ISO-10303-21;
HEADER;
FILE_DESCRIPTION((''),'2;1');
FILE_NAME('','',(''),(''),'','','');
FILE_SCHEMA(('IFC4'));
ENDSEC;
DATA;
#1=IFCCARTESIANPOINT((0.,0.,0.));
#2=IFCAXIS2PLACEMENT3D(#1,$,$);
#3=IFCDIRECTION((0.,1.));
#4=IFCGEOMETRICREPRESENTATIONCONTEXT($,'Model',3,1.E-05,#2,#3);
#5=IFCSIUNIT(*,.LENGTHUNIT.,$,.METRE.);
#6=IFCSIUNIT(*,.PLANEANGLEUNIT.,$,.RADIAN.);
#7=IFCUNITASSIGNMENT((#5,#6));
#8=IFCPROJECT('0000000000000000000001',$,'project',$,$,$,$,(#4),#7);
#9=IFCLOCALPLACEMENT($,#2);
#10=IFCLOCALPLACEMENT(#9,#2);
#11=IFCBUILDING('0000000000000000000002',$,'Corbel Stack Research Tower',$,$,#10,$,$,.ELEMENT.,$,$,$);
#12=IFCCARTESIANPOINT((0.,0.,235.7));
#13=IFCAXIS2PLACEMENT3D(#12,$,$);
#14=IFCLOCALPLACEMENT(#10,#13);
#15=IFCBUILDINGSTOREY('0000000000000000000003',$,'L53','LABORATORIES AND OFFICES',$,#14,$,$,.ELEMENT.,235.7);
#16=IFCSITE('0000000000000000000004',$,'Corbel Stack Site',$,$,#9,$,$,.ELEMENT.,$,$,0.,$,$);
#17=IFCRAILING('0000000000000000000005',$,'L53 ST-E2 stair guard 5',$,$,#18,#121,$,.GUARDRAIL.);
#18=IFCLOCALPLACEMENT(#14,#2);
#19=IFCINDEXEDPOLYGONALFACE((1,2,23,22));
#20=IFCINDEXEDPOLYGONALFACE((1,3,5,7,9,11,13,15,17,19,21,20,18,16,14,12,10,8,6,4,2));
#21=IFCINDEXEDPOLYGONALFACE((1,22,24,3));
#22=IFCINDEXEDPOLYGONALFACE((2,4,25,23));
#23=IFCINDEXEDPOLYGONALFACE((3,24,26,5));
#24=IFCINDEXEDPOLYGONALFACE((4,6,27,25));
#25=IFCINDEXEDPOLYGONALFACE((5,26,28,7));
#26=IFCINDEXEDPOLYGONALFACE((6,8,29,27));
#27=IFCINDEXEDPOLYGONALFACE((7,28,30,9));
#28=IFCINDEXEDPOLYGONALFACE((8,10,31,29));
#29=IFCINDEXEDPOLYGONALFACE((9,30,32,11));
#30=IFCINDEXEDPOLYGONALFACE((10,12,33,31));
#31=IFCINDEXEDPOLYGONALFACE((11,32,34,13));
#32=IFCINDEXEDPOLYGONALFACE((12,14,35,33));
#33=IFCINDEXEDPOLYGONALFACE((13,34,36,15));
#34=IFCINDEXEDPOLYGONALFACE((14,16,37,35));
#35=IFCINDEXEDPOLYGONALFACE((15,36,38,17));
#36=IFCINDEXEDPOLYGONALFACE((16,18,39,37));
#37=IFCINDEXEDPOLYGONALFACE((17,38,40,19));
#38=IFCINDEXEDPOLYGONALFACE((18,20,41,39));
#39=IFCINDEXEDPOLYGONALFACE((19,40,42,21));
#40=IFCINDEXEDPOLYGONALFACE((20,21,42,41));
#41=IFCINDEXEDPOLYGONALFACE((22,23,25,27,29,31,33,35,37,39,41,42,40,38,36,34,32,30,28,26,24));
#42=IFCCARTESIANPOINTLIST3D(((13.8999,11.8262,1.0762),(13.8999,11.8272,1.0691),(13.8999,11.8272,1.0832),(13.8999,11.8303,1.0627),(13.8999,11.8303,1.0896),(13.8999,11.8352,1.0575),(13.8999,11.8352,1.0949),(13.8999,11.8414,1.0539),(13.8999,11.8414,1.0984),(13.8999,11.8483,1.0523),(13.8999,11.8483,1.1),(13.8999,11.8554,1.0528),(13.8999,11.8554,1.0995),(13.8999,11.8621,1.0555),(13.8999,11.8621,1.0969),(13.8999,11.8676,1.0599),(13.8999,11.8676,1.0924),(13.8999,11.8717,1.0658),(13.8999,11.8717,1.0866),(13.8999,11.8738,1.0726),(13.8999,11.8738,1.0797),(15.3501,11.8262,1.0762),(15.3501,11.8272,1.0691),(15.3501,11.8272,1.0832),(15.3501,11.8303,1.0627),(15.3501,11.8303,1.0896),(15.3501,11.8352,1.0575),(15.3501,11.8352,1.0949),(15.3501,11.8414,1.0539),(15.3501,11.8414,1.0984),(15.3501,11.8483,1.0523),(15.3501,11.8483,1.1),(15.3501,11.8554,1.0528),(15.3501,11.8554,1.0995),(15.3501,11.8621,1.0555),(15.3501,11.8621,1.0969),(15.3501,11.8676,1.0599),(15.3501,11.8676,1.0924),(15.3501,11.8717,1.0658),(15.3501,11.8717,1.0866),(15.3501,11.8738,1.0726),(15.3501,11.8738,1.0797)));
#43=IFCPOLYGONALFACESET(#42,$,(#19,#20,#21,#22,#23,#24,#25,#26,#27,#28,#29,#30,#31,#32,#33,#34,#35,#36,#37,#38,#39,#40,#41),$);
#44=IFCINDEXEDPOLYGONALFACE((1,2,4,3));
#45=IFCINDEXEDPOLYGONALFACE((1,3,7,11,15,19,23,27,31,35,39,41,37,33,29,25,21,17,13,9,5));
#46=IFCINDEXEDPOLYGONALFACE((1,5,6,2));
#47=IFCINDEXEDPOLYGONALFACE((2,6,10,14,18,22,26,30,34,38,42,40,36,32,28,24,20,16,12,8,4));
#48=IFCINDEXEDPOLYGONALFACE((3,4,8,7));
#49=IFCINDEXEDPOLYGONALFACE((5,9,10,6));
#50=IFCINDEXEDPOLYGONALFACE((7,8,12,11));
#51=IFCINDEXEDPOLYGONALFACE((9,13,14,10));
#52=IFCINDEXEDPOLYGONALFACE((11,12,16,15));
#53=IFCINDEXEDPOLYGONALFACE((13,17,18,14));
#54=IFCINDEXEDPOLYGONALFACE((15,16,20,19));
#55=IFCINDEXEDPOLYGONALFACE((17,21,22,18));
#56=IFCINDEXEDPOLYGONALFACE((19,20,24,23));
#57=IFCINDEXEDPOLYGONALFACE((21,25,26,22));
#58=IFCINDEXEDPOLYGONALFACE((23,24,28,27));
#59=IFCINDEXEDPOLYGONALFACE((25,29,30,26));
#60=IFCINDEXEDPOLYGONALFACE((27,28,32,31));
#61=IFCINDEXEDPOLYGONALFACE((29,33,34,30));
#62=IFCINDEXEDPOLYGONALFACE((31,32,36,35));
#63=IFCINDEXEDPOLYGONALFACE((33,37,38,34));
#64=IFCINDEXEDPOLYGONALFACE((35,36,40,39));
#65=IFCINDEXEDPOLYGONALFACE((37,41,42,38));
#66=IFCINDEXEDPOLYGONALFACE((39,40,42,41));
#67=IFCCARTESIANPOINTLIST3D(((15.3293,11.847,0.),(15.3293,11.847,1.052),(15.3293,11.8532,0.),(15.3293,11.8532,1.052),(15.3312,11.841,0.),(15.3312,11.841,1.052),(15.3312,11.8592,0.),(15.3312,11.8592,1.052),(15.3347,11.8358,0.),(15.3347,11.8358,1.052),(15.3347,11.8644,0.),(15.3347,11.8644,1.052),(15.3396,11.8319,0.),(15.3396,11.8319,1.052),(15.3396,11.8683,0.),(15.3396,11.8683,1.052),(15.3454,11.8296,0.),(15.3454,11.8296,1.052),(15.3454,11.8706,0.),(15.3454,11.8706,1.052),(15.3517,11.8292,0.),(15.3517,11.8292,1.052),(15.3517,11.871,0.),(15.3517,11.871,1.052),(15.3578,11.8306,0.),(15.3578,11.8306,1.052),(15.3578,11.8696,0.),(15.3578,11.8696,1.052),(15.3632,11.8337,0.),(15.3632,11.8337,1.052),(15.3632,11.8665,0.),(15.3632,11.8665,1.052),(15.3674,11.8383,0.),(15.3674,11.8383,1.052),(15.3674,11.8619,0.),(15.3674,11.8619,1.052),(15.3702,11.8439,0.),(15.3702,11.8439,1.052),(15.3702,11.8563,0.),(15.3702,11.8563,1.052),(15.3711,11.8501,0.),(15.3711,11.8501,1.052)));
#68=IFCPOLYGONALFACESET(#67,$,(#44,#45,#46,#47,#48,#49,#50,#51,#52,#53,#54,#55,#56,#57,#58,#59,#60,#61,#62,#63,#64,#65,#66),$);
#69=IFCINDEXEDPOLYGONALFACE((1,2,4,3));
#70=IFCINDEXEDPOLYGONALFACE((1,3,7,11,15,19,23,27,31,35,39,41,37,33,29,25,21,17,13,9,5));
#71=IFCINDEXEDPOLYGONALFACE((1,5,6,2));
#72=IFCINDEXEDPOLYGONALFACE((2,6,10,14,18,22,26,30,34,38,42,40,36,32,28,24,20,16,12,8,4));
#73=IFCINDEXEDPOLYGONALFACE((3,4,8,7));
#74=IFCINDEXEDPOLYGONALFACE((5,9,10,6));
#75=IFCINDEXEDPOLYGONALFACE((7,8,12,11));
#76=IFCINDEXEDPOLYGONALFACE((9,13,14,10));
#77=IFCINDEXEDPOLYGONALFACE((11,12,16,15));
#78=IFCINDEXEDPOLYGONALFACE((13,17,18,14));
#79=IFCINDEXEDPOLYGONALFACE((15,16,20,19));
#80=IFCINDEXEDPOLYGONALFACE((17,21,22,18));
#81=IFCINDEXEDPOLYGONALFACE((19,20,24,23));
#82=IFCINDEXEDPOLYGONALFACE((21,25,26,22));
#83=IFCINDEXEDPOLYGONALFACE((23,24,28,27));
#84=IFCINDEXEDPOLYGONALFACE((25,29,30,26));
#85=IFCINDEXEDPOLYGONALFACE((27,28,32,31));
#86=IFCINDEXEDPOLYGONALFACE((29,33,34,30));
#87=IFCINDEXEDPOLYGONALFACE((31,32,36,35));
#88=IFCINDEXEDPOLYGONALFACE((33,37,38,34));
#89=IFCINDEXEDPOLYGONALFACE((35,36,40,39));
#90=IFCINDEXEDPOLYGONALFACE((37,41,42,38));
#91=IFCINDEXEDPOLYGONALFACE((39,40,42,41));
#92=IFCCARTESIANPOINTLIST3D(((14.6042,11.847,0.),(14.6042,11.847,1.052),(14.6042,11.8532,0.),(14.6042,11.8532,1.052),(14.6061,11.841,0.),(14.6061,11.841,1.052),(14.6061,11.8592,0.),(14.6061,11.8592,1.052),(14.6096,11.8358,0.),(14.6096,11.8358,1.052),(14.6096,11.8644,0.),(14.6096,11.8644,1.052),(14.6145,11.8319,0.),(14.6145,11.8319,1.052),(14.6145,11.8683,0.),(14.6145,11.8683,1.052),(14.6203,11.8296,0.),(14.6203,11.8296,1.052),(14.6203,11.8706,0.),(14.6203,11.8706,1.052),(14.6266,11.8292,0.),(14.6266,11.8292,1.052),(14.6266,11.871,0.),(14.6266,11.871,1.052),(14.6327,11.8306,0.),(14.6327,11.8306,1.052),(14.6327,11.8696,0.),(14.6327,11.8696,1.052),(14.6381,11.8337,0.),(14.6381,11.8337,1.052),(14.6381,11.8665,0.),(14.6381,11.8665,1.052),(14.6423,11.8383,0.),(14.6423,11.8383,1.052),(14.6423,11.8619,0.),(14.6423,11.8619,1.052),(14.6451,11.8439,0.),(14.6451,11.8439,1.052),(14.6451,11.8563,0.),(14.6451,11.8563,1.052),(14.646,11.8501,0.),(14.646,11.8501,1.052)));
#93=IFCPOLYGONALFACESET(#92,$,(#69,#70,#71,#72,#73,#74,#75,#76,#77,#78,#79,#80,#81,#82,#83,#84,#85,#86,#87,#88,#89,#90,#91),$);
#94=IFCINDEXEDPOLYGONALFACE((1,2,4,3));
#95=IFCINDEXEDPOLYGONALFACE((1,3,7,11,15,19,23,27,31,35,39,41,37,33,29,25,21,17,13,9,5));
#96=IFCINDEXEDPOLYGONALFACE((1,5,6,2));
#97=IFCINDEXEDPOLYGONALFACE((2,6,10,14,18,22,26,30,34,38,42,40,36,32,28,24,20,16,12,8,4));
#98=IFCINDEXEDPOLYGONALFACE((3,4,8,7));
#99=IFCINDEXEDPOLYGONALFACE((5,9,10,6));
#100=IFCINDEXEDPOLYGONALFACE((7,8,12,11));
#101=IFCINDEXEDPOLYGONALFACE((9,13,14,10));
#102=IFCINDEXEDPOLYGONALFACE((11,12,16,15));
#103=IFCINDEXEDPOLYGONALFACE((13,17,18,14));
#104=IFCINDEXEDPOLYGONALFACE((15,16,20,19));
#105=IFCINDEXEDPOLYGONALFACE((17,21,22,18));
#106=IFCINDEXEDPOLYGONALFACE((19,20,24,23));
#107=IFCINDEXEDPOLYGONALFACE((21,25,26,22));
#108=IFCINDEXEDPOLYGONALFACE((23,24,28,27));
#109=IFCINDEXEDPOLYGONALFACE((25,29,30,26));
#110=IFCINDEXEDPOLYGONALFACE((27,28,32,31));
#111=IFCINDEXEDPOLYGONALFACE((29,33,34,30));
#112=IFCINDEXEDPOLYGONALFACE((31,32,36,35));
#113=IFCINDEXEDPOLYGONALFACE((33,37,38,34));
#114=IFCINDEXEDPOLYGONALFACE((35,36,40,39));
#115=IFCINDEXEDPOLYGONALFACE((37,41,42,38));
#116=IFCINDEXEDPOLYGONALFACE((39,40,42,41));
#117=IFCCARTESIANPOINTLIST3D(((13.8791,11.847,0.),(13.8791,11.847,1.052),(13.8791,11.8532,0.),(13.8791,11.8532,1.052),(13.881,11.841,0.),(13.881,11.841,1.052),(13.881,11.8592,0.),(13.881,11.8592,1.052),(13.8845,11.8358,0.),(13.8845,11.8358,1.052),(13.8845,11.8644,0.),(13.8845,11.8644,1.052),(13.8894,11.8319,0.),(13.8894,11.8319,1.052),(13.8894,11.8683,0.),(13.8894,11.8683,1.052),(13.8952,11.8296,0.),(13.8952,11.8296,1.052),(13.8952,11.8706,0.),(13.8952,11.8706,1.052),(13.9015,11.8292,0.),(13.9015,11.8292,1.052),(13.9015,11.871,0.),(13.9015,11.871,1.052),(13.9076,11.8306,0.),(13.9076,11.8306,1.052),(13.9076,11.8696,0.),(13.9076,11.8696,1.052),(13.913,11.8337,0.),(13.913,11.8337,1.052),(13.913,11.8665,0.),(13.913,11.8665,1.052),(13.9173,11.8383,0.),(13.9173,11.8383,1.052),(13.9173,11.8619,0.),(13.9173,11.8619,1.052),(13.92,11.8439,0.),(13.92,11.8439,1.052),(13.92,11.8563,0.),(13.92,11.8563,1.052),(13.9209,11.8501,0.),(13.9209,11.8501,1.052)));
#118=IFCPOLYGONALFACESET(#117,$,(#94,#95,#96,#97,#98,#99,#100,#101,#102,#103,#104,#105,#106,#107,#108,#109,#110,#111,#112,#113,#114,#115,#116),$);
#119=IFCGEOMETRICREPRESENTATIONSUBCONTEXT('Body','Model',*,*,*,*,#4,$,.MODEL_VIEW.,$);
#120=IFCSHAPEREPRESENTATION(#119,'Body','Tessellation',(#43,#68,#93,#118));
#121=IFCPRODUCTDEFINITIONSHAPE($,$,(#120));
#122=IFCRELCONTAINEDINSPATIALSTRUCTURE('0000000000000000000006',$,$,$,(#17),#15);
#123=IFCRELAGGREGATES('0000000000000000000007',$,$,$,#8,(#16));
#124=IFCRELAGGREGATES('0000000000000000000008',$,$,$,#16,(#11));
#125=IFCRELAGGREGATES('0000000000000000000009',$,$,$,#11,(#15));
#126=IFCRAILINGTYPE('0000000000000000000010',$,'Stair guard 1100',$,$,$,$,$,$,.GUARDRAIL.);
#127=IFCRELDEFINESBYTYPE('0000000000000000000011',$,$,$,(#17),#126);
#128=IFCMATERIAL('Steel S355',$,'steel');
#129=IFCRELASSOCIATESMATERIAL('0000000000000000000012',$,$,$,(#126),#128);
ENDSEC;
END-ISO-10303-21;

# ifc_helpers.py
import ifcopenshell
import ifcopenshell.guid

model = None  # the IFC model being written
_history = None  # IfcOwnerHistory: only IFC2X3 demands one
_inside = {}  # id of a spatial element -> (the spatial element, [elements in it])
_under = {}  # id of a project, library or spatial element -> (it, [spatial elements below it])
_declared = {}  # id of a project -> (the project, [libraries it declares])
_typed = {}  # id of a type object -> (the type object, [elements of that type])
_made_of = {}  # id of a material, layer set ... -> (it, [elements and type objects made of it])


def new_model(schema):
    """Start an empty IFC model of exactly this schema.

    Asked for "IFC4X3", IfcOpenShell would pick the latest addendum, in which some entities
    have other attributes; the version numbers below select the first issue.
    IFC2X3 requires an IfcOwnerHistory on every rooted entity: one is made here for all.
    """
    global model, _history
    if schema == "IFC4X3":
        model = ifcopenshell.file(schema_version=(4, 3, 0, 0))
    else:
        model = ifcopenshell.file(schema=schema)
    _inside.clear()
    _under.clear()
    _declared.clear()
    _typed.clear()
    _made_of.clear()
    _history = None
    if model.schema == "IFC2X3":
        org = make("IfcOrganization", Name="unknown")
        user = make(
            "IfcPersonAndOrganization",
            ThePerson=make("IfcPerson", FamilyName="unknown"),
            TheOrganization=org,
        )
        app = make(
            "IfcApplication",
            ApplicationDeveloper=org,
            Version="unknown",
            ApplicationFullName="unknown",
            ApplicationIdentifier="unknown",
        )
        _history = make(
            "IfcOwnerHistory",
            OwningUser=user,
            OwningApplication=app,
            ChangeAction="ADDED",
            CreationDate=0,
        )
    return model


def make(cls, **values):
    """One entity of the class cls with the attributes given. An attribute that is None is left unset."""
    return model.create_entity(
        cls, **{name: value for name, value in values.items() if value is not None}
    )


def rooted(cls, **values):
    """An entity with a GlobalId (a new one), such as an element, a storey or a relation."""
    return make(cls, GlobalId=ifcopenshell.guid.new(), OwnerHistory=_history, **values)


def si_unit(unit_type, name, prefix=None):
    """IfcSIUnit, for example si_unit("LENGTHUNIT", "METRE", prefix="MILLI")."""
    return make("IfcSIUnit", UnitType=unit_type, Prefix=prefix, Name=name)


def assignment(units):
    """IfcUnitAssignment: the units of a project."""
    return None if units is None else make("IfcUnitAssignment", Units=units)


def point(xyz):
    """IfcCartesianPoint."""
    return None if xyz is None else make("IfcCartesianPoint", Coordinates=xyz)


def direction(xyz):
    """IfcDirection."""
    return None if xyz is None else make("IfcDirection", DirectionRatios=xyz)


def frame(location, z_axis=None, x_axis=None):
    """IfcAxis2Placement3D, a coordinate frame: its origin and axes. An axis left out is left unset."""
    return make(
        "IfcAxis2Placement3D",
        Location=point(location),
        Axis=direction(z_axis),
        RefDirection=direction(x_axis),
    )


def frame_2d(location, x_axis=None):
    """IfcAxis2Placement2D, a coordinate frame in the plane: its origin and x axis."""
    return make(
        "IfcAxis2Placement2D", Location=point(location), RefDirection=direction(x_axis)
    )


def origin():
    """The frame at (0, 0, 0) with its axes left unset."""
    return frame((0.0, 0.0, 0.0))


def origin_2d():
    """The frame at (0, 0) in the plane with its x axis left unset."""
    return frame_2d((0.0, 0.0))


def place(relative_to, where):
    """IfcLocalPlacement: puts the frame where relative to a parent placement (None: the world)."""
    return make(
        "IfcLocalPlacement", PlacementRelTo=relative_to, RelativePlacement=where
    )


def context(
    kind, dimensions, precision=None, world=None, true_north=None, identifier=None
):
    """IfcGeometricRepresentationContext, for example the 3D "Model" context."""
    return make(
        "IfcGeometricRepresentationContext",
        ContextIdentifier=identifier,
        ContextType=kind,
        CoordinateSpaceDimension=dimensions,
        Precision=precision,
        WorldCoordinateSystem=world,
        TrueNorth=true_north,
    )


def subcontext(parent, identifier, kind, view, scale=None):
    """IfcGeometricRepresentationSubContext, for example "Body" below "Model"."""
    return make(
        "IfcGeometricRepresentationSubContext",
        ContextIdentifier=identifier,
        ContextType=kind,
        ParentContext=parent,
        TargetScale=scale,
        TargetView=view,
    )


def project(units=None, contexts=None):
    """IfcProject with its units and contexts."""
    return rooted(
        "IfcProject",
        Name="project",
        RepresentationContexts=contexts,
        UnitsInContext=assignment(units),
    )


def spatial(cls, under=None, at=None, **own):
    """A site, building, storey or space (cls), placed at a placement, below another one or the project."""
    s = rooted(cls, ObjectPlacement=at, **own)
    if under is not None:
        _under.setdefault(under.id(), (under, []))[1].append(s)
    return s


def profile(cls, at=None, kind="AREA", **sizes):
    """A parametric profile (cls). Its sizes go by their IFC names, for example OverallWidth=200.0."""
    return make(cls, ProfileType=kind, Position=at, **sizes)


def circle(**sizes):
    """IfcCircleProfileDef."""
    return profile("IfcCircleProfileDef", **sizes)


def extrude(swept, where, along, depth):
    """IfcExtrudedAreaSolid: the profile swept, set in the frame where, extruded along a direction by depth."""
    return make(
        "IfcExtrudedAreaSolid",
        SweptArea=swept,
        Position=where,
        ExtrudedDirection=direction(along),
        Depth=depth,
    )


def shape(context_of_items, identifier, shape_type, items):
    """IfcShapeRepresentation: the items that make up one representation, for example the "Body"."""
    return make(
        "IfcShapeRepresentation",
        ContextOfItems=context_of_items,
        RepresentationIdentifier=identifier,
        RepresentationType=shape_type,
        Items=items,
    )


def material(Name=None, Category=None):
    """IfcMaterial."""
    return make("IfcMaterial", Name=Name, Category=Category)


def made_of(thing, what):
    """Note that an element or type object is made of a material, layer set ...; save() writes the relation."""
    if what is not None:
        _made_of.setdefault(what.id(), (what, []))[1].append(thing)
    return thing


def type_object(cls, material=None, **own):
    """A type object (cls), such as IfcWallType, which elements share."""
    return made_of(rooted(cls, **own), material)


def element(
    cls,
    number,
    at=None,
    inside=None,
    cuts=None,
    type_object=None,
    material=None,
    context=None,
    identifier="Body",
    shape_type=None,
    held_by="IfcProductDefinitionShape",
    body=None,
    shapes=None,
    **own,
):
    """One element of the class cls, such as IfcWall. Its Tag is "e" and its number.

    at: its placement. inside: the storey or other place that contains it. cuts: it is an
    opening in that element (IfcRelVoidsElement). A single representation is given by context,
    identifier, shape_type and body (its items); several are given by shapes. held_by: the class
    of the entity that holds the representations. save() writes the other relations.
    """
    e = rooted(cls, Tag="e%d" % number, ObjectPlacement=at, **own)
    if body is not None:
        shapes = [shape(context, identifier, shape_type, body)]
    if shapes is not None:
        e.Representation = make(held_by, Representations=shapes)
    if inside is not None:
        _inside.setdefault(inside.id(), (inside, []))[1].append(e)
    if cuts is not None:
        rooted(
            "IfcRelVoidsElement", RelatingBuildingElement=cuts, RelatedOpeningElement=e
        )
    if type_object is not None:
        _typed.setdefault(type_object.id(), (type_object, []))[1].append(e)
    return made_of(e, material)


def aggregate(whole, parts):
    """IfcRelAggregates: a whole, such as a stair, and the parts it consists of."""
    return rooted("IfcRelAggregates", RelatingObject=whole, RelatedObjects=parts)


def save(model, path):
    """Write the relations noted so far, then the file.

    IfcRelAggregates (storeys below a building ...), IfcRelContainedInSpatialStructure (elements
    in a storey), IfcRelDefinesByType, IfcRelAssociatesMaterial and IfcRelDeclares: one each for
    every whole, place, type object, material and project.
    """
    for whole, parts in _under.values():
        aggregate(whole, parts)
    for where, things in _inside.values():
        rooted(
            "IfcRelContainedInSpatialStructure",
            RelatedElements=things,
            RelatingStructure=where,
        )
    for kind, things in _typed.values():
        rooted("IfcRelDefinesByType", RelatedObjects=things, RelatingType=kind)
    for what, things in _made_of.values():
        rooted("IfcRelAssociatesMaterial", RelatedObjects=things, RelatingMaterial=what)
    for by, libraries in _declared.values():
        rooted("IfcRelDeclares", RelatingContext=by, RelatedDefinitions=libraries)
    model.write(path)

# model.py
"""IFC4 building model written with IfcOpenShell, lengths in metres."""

from ifc_helpers import new_model, si_unit, direction, frame, origin, origin_2d, place, context, subcontext, project, spatial, circle, extrude, material, type_object, element, save


model = new_model("IFC4")

# Units and contexts
model_context = context("Model", 3, precision=1e-05, world=origin(), true_north=direction((0.0, 1.0)))
body_context = subcontext(model_context, "Body", "Model", "MODEL_VIEW")
ifc_project = project(units=[si_unit("LENGTHUNIT", "METRE"), si_unit("PLANEANGLEUNIT", "RADIAN")], contexts=[model_context])

# Site, building, storey
site_placement = place(None, origin())
site = spatial("IfcSite", under=ifc_project, at=site_placement, Name="Corbel Stack Site", CompositionType="ELEMENT", RefElevation=0.0)
building_placement = place(site_placement, origin())
building = spatial("IfcBuilding", under=site, at=building_placement, Name="Corbel Stack Research Tower", CompositionType="ELEMENT")
storey_placement = place(building_placement, frame((0.0, 0.0, 235.7)))
storey = spatial("IfcBuildingStorey", under=building, at=storey_placement, Name="L53", Description="LABORATORIES AND OFFICES", CompositionType="ELEMENT", Elevation=235.7)

# Railing
ifc_material_1 = material(Name="Steel S355", Category="steel")
railing_type_1 = type_object("IfcRailingType", Name="Stair guard 1100", PredefinedType="GUARDRAIL", material=ifc_material_1)
railing_1_placement = place(storey_placement, frame((15.3501, 11.8501, 0.0)))
element("IfcRailing", 1, at=railing_1_placement, inside=storey, type_object=railing_type_1, Name="L53 ST-E2 stair guard 5", PredefinedType="GUARDRAIL", context=body_context, shape_type="SweptSolid", body=[
    extrude(circle(Radius=0.0239, at=origin_2d()), frame((0.0, 0.0, 1.0762), z_axis=(-1.0, 0.0, 0.0), x_axis=(0.0, -1.0, 0.0)), (0.0, 0.0, 1.0), 1.4502),
    extrude(circle(Radius=0.021, at=origin_2d()), origin(), (0.0, 0.0, 1.0), 1.052),
    extrude(circle(Radius=0.021, at=origin_2d()), frame((-0.7251, 0.0, 0.0)), (0.0, 0.0, 1.0), 1.052),
    extrude(circle(Radius=0.021, at=origin_2d()), frame((-1.4502, 0.0, 0.0)), (0.0, 0.0, 1.0), 1.052),
])

save(model, "model.ifc")
